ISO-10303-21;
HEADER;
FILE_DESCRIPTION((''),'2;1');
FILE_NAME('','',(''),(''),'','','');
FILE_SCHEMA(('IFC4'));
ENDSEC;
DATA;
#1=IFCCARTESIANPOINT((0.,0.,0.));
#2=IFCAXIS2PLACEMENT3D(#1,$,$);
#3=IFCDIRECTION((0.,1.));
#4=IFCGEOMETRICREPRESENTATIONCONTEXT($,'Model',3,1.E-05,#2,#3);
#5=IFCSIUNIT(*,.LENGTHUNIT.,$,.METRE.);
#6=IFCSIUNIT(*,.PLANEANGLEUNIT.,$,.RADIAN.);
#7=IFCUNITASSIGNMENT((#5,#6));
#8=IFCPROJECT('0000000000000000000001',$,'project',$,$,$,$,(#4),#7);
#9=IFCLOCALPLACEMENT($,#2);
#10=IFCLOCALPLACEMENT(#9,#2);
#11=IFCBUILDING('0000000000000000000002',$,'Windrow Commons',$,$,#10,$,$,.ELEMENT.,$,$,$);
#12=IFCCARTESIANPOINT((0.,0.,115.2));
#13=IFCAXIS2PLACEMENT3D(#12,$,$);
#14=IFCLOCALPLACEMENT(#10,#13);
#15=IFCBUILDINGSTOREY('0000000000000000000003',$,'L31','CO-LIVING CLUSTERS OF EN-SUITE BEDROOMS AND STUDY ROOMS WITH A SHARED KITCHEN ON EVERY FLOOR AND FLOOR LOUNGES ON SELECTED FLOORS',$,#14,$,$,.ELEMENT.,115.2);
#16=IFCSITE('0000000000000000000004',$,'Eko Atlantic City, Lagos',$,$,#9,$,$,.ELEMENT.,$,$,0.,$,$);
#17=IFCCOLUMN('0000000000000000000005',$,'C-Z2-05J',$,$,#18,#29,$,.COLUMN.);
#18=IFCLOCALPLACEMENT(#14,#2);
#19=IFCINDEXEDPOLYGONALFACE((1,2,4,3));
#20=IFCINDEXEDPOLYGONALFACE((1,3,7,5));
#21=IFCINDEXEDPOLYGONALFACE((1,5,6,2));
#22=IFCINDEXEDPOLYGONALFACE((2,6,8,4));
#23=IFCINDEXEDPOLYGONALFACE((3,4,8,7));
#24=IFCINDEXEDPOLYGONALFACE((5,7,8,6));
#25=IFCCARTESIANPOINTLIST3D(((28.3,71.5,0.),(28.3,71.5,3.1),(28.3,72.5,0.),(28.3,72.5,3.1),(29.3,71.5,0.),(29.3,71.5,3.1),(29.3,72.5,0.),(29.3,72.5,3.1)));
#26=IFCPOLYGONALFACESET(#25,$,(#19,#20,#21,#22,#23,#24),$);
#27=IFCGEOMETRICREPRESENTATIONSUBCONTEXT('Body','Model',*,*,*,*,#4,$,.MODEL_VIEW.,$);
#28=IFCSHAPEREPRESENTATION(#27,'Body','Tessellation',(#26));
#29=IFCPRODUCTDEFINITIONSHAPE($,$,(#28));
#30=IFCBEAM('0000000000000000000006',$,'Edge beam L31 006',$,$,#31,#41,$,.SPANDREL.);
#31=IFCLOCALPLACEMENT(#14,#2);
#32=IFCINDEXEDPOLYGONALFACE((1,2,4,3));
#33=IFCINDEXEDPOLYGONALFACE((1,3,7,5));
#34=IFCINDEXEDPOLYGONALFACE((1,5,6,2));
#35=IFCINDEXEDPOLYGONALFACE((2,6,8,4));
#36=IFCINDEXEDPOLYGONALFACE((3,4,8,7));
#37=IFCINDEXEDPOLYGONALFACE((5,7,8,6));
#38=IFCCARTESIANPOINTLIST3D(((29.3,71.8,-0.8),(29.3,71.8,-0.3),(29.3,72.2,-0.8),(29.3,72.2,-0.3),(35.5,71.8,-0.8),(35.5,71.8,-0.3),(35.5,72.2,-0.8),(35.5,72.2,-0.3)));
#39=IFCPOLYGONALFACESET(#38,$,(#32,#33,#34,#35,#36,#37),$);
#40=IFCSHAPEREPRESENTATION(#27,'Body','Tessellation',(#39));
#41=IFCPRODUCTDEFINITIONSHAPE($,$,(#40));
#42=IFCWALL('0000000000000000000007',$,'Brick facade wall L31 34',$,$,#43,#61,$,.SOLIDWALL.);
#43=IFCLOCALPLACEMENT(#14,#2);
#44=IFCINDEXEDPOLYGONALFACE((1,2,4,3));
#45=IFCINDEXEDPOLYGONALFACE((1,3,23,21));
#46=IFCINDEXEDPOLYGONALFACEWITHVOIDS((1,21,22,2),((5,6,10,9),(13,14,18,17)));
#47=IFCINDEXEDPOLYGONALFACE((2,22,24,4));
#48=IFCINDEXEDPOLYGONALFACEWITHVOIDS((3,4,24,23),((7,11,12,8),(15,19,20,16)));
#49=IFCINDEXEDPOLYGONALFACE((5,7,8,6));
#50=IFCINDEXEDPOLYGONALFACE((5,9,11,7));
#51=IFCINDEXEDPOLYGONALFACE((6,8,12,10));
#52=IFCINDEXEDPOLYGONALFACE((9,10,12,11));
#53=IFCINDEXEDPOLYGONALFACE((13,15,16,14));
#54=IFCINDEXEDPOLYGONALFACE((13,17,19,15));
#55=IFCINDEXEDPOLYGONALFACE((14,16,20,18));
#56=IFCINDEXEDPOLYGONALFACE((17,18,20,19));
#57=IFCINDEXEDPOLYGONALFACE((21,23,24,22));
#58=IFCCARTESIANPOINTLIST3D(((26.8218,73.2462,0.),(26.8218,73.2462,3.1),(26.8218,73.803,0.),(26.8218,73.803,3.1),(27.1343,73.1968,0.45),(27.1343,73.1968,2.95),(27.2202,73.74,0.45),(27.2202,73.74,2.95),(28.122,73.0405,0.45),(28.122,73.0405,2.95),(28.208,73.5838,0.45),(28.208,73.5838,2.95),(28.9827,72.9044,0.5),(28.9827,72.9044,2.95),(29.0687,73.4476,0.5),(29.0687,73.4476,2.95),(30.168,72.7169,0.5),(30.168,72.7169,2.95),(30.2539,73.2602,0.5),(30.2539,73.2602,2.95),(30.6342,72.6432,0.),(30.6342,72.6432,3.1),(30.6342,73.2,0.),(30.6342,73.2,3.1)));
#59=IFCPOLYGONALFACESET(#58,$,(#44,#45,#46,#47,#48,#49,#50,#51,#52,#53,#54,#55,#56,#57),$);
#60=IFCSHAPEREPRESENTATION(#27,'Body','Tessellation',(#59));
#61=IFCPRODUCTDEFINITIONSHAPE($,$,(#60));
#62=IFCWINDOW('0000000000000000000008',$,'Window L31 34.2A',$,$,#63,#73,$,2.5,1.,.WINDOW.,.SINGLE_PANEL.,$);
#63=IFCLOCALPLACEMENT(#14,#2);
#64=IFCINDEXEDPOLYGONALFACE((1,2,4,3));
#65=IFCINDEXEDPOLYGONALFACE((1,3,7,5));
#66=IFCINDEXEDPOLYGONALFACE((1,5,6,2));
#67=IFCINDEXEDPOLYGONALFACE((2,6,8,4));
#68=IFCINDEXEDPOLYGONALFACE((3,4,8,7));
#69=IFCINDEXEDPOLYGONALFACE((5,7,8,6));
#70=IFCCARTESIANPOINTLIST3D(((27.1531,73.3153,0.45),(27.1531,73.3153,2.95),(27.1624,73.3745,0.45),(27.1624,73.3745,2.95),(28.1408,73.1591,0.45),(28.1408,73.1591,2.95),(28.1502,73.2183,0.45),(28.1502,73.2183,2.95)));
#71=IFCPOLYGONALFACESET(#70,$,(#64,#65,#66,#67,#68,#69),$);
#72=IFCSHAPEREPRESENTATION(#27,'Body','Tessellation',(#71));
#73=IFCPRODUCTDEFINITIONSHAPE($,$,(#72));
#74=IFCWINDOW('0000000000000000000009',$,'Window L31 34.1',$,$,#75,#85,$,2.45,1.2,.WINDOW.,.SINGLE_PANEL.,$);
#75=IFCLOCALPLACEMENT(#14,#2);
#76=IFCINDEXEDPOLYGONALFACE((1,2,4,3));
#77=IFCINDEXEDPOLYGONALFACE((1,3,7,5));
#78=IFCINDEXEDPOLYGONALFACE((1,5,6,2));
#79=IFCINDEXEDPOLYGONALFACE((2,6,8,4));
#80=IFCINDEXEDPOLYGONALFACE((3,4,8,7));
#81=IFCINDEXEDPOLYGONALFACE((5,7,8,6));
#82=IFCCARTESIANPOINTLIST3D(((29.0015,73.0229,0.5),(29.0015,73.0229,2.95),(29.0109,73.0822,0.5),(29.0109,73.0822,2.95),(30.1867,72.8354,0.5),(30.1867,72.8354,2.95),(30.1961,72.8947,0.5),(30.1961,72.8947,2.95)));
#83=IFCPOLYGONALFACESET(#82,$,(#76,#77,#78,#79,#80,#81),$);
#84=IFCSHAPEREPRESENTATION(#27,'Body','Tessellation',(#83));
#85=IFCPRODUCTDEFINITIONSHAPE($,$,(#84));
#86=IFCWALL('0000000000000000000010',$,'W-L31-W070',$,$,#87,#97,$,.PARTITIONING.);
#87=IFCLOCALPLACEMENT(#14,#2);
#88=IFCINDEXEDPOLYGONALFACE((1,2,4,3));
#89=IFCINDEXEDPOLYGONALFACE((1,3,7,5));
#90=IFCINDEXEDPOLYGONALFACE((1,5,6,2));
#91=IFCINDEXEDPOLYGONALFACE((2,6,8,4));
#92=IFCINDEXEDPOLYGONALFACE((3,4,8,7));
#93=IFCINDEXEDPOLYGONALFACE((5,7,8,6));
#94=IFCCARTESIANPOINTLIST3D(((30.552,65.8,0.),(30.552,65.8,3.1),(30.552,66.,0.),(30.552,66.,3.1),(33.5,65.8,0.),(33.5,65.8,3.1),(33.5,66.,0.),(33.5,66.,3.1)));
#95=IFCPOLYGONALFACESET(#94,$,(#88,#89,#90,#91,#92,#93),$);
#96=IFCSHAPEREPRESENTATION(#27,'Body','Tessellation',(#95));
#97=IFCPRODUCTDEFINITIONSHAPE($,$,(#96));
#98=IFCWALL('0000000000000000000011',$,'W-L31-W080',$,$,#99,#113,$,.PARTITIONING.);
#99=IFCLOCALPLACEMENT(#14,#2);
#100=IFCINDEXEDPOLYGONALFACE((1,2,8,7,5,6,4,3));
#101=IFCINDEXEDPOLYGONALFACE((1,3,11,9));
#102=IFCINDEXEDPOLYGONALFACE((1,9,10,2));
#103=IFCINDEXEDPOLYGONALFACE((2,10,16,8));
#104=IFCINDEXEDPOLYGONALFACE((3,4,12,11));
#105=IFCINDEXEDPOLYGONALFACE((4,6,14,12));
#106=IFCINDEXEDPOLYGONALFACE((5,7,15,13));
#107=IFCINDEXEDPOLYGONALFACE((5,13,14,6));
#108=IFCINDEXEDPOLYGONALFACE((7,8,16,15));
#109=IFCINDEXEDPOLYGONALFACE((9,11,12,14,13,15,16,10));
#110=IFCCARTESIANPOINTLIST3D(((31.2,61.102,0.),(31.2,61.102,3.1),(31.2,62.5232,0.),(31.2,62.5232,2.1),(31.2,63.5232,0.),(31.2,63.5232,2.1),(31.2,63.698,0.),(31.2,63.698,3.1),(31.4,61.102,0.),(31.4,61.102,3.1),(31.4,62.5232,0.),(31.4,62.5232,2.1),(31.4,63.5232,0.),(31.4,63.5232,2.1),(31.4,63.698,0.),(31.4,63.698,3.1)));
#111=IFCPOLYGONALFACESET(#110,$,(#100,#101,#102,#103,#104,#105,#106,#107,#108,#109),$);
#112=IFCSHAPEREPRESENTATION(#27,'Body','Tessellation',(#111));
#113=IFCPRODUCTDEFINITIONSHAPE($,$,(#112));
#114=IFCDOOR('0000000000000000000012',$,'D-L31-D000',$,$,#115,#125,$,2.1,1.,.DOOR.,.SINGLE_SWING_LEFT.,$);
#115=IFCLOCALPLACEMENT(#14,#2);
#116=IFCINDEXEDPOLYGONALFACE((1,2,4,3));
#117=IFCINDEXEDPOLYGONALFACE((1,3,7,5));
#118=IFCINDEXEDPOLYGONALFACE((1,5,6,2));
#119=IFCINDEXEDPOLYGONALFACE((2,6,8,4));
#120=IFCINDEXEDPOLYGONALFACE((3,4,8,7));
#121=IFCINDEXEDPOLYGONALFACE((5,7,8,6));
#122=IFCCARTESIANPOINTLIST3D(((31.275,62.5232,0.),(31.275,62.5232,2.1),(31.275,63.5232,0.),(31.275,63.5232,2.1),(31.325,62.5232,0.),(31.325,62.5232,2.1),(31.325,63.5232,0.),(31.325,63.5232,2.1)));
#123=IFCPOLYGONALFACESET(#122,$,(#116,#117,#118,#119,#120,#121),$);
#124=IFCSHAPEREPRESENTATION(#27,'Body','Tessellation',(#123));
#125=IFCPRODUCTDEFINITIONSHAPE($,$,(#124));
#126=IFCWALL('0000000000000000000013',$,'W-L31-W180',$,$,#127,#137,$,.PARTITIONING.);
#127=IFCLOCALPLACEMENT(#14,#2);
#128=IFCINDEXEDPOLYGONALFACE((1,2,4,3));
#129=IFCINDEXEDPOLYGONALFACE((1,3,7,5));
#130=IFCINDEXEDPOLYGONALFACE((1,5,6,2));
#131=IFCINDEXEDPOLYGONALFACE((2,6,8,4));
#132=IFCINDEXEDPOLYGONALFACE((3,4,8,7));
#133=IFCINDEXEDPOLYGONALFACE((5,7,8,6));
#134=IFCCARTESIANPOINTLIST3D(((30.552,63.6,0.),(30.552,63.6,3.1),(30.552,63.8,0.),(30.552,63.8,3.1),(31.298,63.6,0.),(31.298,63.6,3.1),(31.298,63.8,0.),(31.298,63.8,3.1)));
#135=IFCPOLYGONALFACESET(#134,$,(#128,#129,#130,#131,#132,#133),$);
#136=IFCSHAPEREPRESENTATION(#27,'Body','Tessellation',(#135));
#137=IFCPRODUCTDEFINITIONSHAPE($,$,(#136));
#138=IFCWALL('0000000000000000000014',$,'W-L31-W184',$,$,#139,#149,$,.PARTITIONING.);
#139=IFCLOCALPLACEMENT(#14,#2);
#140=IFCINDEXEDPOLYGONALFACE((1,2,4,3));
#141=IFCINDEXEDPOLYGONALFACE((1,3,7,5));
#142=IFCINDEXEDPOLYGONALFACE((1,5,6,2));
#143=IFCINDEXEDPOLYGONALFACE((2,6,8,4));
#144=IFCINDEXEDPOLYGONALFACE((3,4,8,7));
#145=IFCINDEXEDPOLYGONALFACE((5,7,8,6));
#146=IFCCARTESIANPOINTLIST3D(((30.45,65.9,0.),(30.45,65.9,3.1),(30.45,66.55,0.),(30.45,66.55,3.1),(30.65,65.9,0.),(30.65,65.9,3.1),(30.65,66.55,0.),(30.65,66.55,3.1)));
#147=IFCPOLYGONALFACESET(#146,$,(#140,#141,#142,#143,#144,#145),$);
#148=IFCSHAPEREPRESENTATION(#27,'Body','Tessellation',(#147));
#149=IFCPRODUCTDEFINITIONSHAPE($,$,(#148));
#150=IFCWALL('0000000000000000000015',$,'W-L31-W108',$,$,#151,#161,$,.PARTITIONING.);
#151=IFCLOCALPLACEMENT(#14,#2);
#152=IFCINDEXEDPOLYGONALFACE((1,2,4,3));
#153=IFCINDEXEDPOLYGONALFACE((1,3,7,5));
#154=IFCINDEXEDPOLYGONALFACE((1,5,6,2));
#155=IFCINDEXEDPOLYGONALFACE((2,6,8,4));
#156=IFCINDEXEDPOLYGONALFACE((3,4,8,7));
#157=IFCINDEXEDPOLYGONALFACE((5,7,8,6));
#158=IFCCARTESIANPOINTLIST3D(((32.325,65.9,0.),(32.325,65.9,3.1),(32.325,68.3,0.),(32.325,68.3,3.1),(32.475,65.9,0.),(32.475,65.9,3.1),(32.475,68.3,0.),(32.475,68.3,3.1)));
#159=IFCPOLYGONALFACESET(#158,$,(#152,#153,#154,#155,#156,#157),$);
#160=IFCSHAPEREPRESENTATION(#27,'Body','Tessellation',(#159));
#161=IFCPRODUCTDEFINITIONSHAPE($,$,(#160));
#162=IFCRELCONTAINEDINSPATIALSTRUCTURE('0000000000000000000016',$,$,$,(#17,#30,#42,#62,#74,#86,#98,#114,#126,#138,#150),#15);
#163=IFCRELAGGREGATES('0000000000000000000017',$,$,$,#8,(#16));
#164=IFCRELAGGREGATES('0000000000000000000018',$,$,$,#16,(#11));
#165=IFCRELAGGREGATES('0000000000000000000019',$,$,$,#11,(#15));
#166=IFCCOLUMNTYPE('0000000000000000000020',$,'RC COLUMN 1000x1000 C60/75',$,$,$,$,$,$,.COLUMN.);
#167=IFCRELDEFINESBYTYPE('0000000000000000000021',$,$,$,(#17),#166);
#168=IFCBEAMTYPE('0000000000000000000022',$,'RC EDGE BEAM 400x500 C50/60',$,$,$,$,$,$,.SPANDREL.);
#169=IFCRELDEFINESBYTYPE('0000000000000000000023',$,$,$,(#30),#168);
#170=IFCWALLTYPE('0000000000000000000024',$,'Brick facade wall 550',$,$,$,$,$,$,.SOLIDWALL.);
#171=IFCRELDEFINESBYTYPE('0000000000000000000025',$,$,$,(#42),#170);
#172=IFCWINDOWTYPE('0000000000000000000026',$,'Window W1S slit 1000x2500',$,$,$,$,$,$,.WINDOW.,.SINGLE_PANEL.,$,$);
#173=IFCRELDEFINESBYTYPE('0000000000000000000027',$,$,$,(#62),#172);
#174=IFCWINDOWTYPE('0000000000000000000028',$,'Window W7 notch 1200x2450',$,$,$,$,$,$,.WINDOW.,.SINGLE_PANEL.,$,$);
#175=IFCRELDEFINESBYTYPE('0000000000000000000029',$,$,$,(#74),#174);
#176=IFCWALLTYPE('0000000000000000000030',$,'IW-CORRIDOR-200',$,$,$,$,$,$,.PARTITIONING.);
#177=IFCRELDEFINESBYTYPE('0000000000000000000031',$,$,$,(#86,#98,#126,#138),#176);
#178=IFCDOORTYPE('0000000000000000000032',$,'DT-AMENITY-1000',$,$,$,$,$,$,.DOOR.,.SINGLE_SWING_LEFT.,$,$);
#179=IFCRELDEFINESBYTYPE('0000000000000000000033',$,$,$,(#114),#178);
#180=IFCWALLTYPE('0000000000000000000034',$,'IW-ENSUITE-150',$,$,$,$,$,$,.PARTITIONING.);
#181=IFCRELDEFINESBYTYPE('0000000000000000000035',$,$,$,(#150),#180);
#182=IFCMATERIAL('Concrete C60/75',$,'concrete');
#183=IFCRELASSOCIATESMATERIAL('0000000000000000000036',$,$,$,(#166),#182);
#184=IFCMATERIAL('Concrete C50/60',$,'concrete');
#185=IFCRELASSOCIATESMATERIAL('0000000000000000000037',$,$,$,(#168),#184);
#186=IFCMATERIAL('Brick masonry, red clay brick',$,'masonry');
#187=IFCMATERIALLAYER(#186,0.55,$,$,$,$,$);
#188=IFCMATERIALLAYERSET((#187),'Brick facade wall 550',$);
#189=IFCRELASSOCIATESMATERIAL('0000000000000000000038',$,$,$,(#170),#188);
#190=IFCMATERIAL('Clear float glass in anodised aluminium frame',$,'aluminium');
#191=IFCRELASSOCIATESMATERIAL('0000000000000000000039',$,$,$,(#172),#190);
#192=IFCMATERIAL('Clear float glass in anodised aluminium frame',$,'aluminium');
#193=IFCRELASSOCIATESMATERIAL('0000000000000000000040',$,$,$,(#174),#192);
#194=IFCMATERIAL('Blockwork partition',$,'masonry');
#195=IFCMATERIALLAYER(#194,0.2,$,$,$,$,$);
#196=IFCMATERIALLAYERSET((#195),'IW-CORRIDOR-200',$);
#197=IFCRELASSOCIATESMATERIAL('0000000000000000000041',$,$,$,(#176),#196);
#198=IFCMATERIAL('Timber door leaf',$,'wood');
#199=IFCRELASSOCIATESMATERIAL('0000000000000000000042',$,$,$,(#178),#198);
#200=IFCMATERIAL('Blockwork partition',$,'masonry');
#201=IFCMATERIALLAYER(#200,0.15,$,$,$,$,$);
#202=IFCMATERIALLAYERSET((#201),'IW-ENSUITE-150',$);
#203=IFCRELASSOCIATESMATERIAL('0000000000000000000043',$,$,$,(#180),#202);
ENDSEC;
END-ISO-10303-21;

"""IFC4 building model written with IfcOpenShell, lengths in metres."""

from ifc_helpers import new_model, si_unit, direction, frame, frame_2d, origin, origin_2d, place, context, subcontext, project, spatial, polyline, rectangle, outline, extrude, material, layer, layer_set, material_profile, profile_set, type_object, element, fill, save


model = new_model("IFC4")

# Units and contexts
model_context = context("Model", 3, precision=1e-05, world=origin(), true_north=direction((0.0, 1.0)))
body_context = subcontext(model_context, "Body", "Model", "MODEL_VIEW")
ifc_project = project(units=[si_unit("LENGTHUNIT", "METRE"), si_unit("PLANEANGLEUNIT", "RADIAN")], contexts=[model_context])

# Site, building, storey
site_placement = place(None, origin())
site = spatial("IfcSite", under=ifc_project, at=site_placement, Name="Eko Atlantic City, Lagos", CompositionType="ELEMENT", RefElevation=0.0)
building_placement = place(site_placement, origin())
building = spatial("IfcBuilding", under=site, at=building_placement, Name="Windrow Commons", CompositionType="ELEMENT")
storey_placement = place(building_placement, frame((0.0, 0.0, 115.2)))
storey = spatial("IfcBuildingStorey", under=building, at=storey_placement, Name="L31", Description="CO-LIVING CLUSTERS OF EN-SUITE BEDROOMS AND STUDY ROOMS WITH A SHARED KITCHEN ON EVERY FLOOR AND FLOOR LOUNGES ON SELECTED FLOORS", CompositionType="ELEMENT", Elevation=115.2)

# Column
ifc_material_1 = material(Name="Concrete C60/75", Category="concrete")
ifc_material_profile_1 = material_profile(ifc_material_1, rectangle(XDim=1.0, YDim=1.0, at=origin_2d()))
ifc_profile_set_1 = profile_set([ifc_material_profile_1], Name="Concrete C60/75")
column_type = type_object("IfcColumnType", Name="RC COLUMN 1000x1000 C60/75", PredefinedType="COLUMN", material=ifc_profile_set_1)
column_placement = place(storey_placement, frame((28.8, 72.0, 0.0), z_axis=(0.0, 0.0, 1.0), x_axis=(1.0, 0.0, 0.0)))
element("IfcColumn", 1, at=column_placement, inside=storey, type_object=column_type, Name="C-Z2-05J", PredefinedType="COLUMN", context=body_context, shape_type="SweptSolid", body=[
    extrude(rectangle(XDim=1.0, YDim=1.0, at=origin_2d()), origin(), (0.0, 0.0, 1.0), 3.1),
])

# Beam
ifc_material_2 = material(Name="Concrete C50/60", Category="concrete")
ifc_material_profile_2 = material_profile(ifc_material_2, rectangle(XDim=0.4, YDim=0.5, at=origin_2d()))
ifc_profile_set_2 = profile_set([ifc_material_profile_2], Name="Concrete C50/60")
beam_type = type_object("IfcBeamType", Name="RC EDGE BEAM 400x500 C50/60", PredefinedType="SPANDREL", material=ifc_profile_set_2)
beam_placement = place(storey_placement, frame((29.3, 72.0, -0.55), z_axis=(1.0, 0.0, 0.0), x_axis=(0.0, 1.0, 0.0)))
element("IfcBeam", 2, at=beam_placement, inside=storey, type_object=beam_type, Name="Edge beam L31 006", PredefinedType="SPANDREL", context=body_context, shape_type="SweptSolid", body=[
    extrude(rectangle(XDim=0.4, YDim=0.5, at=origin_2d()), origin(), (0.0, 0.0, 1.0), 6.2),
])

# Wall, openings, windows
ifc_material_3 = material(Name="Brick masonry, red clay brick", Category="masonry")
ifc_layer_1 = layer(ifc_material_3, 0.55)
ifc_layer_set_1 = layer_set([ifc_layer_1], Name="Brick facade wall 550")
wall_type_1 = type_object("IfcWallType", Name="Brick facade wall 550", PredefinedType="SOLIDWALL", material=ifc_layer_set_1)
wall_1_placement = place(storey_placement, frame((30.6342, 72.9216, 0.0), z_axis=(0.0, 0.0, 1.0), x_axis=(-0.987721, 0.156226, 0.0)))
wall_1 = element("IfcWall", 3, at=wall_1_placement, inside=storey, type_object=wall_type_1, Name="Brick facade wall L31 34", PredefinedType="SOLIDWALL", context=body_context, shape_type="SweptSolid", body=[
    extrude(outline(polyline([(0.0435, -0.275), (3.9033, -0.275), (3.8163, 0.275), (-0.0435, 0.275), (0.0435, -0.275)])), origin(), (0.0, 0.0, 1.0), 3.1),
])
opening_1_placement = place(wall_1_placement, frame((0.4285, 0.0, 0.5)))
opening_1 = element("IfcOpeningElement", 4, at=opening_1_placement, cuts=wall_1, PredefinedType="OPENING", context=body_context, shape_type="SweptSolid", body=[
    extrude(rectangle(XDim=1.2, YDim=2.45, at=frame_2d((0.6, 1.225))), frame((0.0, 0.285, 0.0), z_axis=(0.0, -1.0, 0.0), x_axis=(1.0, 0.0, 0.0)), (0.0, 0.0, 1.0), 0.57),
])
opening_2_placement = place(wall_1_placement, frame((2.4999, 0.0, 0.45)))
opening_2 = element("IfcOpeningElement", 5, at=opening_2_placement, cuts=wall_1, PredefinedType="OPENING", context=body_context, shape_type="SweptSolid", body=[
    extrude(rectangle(XDim=1.0, YDim=2.5, at=frame_2d((0.5, 1.25))), frame((0.0, 0.285, 0.0), z_axis=(0.0, -1.0, 0.0), x_axis=(1.0, 0.0, 0.0)), (0.0, 0.0, 1.0), 0.57),
])
ifc_material_4 = material(Name="Clear float glass in anodised aluminium frame", Category="aluminium")
window_type_1 = type_object("IfcWindowType", Name="Window W1S slit 1000x2500", PartitioningType="SINGLE_PANEL", PredefinedType="WINDOW", material=ifc_material_4)
window_1_placement = place(opening_2_placement, origin())
window_1 = element("IfcWindow", 6, at=window_1_placement, inside=storey, type_object=window_type_1, Name="Window L31 34.2A", OverallHeight=2.5, OverallWidth=1.0, PartitioningType="SINGLE_PANEL", PredefinedType="WINDOW", context=body_context, shape_type="SweptSolid", body=[
    extrude(rectangle(XDim=1.0, YDim=2.5, at=frame_2d((0.5, 1.25))), frame((0.0, 0.155, 0.0), z_axis=(0.0, -1.0, 0.0), x_axis=(1.0, 0.0, 0.0)), (0.0, 0.0, 1.0), 0.06),
])
fill(opening_2, window_1)
ifc_material_5 = material(Name="Clear float glass in anodised aluminium frame", Category="aluminium")
window_type_2 = type_object("IfcWindowType", Name="Window W7 notch 1200x2450", PartitioningType="SINGLE_PANEL", PredefinedType="WINDOW", material=ifc_material_5)
window_2_placement = place(opening_1_placement, origin())
window_2 = element("IfcWindow", 7, at=window_2_placement, inside=storey, type_object=window_type_2, Name="Window L31 34.1", OverallHeight=2.45, OverallWidth=1.2, PartitioningType="SINGLE_PANEL", PredefinedType="WINDOW", context=body_context, shape_type="SweptSolid", body=[
    extrude(rectangle(XDim=1.2, YDim=2.45, at=frame_2d((0.6, 1.225))), frame((0.0, 0.155, 0.0), z_axis=(0.0, -1.0, 0.0), x_axis=(1.0, 0.0, 0.0)), (0.0, 0.0, 1.0), 0.06),
])
fill(opening_1, window_2)

# Wall
ifc_material_6 = material(Name="Blockwork partition", Category="masonry")
ifc_layer_2 = layer(ifc_material_6, 0.2)
ifc_layer_set_2 = layer_set([ifc_layer_2], Name="IW-CORRIDOR-200")
wall_type_2 = type_object("IfcWallType", Name="IW-CORRIDOR-200", PredefinedType="PARTITIONING", material=ifc_layer_set_2)
wall_2_placement = place(storey_placement, frame((30.552, 65.9, 0.0), z_axis=(0.0, 0.0, 1.0), x_axis=(1.0, 0.0, 0.0)))
element("IfcWall", 8, at=wall_2_placement, inside=storey, type_object=wall_type_2, Name="W-L31-W070", PredefinedType="PARTITIONING", context=body_context, shape_type="SweptSolid", body=[
    extrude(rectangle(XDim=2.948, YDim=0.2, at=frame_2d((1.474, 0.0))), origin(), (0.0, 0.0, 1.0), 3.1),
])

# Wall, opening, door
wall_3_placement = place(storey_placement, frame((31.3, 61.102, 0.0), z_axis=(0.0, 0.0, 1.0), x_axis=(0.0, 1.0, 0.0)))
wall_3 = element("IfcWall", 9, at=wall_3_placement, inside=storey, type_object=wall_type_2, Name="W-L31-W080", PredefinedType="PARTITIONING", context=body_context, shape_type="SweptSolid", body=[
    extrude(rectangle(XDim=2.596, YDim=0.2, at=frame_2d((1.298, 0.0))), origin(), (0.0, 0.0, 1.0), 3.1),
])
opening_3_placement = place(wall_3_placement, frame((1.4212, 0.0, 0.0)))
opening_3 = element("IfcOpeningElement", 10, at=opening_3_placement, cuts=wall_3, PredefinedType="OPENING", context=body_context, shape_type="SweptSolid", body=[
    extrude(rectangle(XDim=1.0, YDim=2.1, at=frame_2d((0.5, 1.05))), frame((0.0, 0.11, 0.0), z_axis=(0.0, -1.0, 0.0), x_axis=(1.0, 0.0, 0.0)), (0.0, 0.0, 1.0), 0.22),
])
ifc_material_7 = material(Name="Timber door leaf", Category="wood")
door_type_1 = type_object("IfcDoorType", Name="DT-AMENITY-1000", OperationType="SINGLE_SWING_LEFT", PredefinedType="DOOR", material=ifc_material_7)
door_1_placement = place(opening_3_placement, origin())
door_1 = element("IfcDoor", 11, at=door_1_placement, inside=storey, type_object=door_type_1, Name="D-L31-D000", OperationType="SINGLE_SWING_LEFT", OverallHeight=2.1, OverallWidth=1.0, PredefinedType="DOOR", context=body_context, shape_type="SweptSolid", body=[
    extrude(rectangle(XDim=1.0, YDim=2.1, at=frame_2d((0.5, 1.05))), frame((0.0, 0.025, 0.0), z_axis=(0.0, -1.0, 0.0), x_axis=(1.0, 0.0, 0.0)), (0.0, 0.0, 1.0), 0.05),
])
fill(opening_3, door_1)

# Walls
wall_4_placement = place(storey_placement, frame((30.552, 63.7, 0.0), z_axis=(0.0, 0.0, 1.0), x_axis=(1.0, 0.0, 0.0)))
element("IfcWall", 12, at=wall_4_placement, inside=storey, type_object=wall_type_2, Name="W-L31-W180", PredefinedType="PARTITIONING", context=body_context, shape_type="SweptSolid", body=[
    extrude(rectangle(XDim=0.746, YDim=0.2, at=frame_2d((0.373, 0.0))), origin(), (0.0, 0.0, 1.0), 3.1),
])
wall_5_placement = place(storey_placement, frame((30.55, 65.9, 0.0), z_axis=(0.0, 0.0, 1.0), x_axis=(0.0, 1.0, 0.0)))
element("IfcWall", 13, at=wall_5_placement, inside=storey, type_object=wall_type_2, Name="W-L31-W184", PredefinedType="PARTITIONING", context=body_context, shape_type="SweptSolid", body=[
    extrude(rectangle(XDim=0.65, YDim=0.2, at=frame_2d((0.325, 0.0))), origin(), (0.0, 0.0, 1.0), 3.1),
])
ifc_material_8 = material(Name="Blockwork partition", Category="masonry")
ifc_layer_3 = layer(ifc_material_8, 0.15)
ifc_layer_set_3 = layer_set([ifc_layer_3], Name="IW-ENSUITE-150")
wall_type_3 = type_object("IfcWallType", Name="IW-ENSUITE-150", PredefinedType="PARTITIONING", material=ifc_layer_set_3)
wall_6_placement = place(storey_placement, frame((32.4, 65.9, 0.0), z_axis=(0.0, 0.0, 1.0), x_axis=(0.0, 1.0, 0.0)))
element("IfcWall", 14, at=wall_6_placement, inside=storey, type_object=wall_type_3, Name="W-L31-W108", PredefinedType="PARTITIONING", context=body_context, shape_type="SweptSolid", body=[
    extrude(rectangle(XDim=2.4, YDim=0.15, at=frame_2d((1.2, 0.0))), origin(), (0.0, 0.0, 1.0), 3.1),
])

save(model, "model.ifc")
